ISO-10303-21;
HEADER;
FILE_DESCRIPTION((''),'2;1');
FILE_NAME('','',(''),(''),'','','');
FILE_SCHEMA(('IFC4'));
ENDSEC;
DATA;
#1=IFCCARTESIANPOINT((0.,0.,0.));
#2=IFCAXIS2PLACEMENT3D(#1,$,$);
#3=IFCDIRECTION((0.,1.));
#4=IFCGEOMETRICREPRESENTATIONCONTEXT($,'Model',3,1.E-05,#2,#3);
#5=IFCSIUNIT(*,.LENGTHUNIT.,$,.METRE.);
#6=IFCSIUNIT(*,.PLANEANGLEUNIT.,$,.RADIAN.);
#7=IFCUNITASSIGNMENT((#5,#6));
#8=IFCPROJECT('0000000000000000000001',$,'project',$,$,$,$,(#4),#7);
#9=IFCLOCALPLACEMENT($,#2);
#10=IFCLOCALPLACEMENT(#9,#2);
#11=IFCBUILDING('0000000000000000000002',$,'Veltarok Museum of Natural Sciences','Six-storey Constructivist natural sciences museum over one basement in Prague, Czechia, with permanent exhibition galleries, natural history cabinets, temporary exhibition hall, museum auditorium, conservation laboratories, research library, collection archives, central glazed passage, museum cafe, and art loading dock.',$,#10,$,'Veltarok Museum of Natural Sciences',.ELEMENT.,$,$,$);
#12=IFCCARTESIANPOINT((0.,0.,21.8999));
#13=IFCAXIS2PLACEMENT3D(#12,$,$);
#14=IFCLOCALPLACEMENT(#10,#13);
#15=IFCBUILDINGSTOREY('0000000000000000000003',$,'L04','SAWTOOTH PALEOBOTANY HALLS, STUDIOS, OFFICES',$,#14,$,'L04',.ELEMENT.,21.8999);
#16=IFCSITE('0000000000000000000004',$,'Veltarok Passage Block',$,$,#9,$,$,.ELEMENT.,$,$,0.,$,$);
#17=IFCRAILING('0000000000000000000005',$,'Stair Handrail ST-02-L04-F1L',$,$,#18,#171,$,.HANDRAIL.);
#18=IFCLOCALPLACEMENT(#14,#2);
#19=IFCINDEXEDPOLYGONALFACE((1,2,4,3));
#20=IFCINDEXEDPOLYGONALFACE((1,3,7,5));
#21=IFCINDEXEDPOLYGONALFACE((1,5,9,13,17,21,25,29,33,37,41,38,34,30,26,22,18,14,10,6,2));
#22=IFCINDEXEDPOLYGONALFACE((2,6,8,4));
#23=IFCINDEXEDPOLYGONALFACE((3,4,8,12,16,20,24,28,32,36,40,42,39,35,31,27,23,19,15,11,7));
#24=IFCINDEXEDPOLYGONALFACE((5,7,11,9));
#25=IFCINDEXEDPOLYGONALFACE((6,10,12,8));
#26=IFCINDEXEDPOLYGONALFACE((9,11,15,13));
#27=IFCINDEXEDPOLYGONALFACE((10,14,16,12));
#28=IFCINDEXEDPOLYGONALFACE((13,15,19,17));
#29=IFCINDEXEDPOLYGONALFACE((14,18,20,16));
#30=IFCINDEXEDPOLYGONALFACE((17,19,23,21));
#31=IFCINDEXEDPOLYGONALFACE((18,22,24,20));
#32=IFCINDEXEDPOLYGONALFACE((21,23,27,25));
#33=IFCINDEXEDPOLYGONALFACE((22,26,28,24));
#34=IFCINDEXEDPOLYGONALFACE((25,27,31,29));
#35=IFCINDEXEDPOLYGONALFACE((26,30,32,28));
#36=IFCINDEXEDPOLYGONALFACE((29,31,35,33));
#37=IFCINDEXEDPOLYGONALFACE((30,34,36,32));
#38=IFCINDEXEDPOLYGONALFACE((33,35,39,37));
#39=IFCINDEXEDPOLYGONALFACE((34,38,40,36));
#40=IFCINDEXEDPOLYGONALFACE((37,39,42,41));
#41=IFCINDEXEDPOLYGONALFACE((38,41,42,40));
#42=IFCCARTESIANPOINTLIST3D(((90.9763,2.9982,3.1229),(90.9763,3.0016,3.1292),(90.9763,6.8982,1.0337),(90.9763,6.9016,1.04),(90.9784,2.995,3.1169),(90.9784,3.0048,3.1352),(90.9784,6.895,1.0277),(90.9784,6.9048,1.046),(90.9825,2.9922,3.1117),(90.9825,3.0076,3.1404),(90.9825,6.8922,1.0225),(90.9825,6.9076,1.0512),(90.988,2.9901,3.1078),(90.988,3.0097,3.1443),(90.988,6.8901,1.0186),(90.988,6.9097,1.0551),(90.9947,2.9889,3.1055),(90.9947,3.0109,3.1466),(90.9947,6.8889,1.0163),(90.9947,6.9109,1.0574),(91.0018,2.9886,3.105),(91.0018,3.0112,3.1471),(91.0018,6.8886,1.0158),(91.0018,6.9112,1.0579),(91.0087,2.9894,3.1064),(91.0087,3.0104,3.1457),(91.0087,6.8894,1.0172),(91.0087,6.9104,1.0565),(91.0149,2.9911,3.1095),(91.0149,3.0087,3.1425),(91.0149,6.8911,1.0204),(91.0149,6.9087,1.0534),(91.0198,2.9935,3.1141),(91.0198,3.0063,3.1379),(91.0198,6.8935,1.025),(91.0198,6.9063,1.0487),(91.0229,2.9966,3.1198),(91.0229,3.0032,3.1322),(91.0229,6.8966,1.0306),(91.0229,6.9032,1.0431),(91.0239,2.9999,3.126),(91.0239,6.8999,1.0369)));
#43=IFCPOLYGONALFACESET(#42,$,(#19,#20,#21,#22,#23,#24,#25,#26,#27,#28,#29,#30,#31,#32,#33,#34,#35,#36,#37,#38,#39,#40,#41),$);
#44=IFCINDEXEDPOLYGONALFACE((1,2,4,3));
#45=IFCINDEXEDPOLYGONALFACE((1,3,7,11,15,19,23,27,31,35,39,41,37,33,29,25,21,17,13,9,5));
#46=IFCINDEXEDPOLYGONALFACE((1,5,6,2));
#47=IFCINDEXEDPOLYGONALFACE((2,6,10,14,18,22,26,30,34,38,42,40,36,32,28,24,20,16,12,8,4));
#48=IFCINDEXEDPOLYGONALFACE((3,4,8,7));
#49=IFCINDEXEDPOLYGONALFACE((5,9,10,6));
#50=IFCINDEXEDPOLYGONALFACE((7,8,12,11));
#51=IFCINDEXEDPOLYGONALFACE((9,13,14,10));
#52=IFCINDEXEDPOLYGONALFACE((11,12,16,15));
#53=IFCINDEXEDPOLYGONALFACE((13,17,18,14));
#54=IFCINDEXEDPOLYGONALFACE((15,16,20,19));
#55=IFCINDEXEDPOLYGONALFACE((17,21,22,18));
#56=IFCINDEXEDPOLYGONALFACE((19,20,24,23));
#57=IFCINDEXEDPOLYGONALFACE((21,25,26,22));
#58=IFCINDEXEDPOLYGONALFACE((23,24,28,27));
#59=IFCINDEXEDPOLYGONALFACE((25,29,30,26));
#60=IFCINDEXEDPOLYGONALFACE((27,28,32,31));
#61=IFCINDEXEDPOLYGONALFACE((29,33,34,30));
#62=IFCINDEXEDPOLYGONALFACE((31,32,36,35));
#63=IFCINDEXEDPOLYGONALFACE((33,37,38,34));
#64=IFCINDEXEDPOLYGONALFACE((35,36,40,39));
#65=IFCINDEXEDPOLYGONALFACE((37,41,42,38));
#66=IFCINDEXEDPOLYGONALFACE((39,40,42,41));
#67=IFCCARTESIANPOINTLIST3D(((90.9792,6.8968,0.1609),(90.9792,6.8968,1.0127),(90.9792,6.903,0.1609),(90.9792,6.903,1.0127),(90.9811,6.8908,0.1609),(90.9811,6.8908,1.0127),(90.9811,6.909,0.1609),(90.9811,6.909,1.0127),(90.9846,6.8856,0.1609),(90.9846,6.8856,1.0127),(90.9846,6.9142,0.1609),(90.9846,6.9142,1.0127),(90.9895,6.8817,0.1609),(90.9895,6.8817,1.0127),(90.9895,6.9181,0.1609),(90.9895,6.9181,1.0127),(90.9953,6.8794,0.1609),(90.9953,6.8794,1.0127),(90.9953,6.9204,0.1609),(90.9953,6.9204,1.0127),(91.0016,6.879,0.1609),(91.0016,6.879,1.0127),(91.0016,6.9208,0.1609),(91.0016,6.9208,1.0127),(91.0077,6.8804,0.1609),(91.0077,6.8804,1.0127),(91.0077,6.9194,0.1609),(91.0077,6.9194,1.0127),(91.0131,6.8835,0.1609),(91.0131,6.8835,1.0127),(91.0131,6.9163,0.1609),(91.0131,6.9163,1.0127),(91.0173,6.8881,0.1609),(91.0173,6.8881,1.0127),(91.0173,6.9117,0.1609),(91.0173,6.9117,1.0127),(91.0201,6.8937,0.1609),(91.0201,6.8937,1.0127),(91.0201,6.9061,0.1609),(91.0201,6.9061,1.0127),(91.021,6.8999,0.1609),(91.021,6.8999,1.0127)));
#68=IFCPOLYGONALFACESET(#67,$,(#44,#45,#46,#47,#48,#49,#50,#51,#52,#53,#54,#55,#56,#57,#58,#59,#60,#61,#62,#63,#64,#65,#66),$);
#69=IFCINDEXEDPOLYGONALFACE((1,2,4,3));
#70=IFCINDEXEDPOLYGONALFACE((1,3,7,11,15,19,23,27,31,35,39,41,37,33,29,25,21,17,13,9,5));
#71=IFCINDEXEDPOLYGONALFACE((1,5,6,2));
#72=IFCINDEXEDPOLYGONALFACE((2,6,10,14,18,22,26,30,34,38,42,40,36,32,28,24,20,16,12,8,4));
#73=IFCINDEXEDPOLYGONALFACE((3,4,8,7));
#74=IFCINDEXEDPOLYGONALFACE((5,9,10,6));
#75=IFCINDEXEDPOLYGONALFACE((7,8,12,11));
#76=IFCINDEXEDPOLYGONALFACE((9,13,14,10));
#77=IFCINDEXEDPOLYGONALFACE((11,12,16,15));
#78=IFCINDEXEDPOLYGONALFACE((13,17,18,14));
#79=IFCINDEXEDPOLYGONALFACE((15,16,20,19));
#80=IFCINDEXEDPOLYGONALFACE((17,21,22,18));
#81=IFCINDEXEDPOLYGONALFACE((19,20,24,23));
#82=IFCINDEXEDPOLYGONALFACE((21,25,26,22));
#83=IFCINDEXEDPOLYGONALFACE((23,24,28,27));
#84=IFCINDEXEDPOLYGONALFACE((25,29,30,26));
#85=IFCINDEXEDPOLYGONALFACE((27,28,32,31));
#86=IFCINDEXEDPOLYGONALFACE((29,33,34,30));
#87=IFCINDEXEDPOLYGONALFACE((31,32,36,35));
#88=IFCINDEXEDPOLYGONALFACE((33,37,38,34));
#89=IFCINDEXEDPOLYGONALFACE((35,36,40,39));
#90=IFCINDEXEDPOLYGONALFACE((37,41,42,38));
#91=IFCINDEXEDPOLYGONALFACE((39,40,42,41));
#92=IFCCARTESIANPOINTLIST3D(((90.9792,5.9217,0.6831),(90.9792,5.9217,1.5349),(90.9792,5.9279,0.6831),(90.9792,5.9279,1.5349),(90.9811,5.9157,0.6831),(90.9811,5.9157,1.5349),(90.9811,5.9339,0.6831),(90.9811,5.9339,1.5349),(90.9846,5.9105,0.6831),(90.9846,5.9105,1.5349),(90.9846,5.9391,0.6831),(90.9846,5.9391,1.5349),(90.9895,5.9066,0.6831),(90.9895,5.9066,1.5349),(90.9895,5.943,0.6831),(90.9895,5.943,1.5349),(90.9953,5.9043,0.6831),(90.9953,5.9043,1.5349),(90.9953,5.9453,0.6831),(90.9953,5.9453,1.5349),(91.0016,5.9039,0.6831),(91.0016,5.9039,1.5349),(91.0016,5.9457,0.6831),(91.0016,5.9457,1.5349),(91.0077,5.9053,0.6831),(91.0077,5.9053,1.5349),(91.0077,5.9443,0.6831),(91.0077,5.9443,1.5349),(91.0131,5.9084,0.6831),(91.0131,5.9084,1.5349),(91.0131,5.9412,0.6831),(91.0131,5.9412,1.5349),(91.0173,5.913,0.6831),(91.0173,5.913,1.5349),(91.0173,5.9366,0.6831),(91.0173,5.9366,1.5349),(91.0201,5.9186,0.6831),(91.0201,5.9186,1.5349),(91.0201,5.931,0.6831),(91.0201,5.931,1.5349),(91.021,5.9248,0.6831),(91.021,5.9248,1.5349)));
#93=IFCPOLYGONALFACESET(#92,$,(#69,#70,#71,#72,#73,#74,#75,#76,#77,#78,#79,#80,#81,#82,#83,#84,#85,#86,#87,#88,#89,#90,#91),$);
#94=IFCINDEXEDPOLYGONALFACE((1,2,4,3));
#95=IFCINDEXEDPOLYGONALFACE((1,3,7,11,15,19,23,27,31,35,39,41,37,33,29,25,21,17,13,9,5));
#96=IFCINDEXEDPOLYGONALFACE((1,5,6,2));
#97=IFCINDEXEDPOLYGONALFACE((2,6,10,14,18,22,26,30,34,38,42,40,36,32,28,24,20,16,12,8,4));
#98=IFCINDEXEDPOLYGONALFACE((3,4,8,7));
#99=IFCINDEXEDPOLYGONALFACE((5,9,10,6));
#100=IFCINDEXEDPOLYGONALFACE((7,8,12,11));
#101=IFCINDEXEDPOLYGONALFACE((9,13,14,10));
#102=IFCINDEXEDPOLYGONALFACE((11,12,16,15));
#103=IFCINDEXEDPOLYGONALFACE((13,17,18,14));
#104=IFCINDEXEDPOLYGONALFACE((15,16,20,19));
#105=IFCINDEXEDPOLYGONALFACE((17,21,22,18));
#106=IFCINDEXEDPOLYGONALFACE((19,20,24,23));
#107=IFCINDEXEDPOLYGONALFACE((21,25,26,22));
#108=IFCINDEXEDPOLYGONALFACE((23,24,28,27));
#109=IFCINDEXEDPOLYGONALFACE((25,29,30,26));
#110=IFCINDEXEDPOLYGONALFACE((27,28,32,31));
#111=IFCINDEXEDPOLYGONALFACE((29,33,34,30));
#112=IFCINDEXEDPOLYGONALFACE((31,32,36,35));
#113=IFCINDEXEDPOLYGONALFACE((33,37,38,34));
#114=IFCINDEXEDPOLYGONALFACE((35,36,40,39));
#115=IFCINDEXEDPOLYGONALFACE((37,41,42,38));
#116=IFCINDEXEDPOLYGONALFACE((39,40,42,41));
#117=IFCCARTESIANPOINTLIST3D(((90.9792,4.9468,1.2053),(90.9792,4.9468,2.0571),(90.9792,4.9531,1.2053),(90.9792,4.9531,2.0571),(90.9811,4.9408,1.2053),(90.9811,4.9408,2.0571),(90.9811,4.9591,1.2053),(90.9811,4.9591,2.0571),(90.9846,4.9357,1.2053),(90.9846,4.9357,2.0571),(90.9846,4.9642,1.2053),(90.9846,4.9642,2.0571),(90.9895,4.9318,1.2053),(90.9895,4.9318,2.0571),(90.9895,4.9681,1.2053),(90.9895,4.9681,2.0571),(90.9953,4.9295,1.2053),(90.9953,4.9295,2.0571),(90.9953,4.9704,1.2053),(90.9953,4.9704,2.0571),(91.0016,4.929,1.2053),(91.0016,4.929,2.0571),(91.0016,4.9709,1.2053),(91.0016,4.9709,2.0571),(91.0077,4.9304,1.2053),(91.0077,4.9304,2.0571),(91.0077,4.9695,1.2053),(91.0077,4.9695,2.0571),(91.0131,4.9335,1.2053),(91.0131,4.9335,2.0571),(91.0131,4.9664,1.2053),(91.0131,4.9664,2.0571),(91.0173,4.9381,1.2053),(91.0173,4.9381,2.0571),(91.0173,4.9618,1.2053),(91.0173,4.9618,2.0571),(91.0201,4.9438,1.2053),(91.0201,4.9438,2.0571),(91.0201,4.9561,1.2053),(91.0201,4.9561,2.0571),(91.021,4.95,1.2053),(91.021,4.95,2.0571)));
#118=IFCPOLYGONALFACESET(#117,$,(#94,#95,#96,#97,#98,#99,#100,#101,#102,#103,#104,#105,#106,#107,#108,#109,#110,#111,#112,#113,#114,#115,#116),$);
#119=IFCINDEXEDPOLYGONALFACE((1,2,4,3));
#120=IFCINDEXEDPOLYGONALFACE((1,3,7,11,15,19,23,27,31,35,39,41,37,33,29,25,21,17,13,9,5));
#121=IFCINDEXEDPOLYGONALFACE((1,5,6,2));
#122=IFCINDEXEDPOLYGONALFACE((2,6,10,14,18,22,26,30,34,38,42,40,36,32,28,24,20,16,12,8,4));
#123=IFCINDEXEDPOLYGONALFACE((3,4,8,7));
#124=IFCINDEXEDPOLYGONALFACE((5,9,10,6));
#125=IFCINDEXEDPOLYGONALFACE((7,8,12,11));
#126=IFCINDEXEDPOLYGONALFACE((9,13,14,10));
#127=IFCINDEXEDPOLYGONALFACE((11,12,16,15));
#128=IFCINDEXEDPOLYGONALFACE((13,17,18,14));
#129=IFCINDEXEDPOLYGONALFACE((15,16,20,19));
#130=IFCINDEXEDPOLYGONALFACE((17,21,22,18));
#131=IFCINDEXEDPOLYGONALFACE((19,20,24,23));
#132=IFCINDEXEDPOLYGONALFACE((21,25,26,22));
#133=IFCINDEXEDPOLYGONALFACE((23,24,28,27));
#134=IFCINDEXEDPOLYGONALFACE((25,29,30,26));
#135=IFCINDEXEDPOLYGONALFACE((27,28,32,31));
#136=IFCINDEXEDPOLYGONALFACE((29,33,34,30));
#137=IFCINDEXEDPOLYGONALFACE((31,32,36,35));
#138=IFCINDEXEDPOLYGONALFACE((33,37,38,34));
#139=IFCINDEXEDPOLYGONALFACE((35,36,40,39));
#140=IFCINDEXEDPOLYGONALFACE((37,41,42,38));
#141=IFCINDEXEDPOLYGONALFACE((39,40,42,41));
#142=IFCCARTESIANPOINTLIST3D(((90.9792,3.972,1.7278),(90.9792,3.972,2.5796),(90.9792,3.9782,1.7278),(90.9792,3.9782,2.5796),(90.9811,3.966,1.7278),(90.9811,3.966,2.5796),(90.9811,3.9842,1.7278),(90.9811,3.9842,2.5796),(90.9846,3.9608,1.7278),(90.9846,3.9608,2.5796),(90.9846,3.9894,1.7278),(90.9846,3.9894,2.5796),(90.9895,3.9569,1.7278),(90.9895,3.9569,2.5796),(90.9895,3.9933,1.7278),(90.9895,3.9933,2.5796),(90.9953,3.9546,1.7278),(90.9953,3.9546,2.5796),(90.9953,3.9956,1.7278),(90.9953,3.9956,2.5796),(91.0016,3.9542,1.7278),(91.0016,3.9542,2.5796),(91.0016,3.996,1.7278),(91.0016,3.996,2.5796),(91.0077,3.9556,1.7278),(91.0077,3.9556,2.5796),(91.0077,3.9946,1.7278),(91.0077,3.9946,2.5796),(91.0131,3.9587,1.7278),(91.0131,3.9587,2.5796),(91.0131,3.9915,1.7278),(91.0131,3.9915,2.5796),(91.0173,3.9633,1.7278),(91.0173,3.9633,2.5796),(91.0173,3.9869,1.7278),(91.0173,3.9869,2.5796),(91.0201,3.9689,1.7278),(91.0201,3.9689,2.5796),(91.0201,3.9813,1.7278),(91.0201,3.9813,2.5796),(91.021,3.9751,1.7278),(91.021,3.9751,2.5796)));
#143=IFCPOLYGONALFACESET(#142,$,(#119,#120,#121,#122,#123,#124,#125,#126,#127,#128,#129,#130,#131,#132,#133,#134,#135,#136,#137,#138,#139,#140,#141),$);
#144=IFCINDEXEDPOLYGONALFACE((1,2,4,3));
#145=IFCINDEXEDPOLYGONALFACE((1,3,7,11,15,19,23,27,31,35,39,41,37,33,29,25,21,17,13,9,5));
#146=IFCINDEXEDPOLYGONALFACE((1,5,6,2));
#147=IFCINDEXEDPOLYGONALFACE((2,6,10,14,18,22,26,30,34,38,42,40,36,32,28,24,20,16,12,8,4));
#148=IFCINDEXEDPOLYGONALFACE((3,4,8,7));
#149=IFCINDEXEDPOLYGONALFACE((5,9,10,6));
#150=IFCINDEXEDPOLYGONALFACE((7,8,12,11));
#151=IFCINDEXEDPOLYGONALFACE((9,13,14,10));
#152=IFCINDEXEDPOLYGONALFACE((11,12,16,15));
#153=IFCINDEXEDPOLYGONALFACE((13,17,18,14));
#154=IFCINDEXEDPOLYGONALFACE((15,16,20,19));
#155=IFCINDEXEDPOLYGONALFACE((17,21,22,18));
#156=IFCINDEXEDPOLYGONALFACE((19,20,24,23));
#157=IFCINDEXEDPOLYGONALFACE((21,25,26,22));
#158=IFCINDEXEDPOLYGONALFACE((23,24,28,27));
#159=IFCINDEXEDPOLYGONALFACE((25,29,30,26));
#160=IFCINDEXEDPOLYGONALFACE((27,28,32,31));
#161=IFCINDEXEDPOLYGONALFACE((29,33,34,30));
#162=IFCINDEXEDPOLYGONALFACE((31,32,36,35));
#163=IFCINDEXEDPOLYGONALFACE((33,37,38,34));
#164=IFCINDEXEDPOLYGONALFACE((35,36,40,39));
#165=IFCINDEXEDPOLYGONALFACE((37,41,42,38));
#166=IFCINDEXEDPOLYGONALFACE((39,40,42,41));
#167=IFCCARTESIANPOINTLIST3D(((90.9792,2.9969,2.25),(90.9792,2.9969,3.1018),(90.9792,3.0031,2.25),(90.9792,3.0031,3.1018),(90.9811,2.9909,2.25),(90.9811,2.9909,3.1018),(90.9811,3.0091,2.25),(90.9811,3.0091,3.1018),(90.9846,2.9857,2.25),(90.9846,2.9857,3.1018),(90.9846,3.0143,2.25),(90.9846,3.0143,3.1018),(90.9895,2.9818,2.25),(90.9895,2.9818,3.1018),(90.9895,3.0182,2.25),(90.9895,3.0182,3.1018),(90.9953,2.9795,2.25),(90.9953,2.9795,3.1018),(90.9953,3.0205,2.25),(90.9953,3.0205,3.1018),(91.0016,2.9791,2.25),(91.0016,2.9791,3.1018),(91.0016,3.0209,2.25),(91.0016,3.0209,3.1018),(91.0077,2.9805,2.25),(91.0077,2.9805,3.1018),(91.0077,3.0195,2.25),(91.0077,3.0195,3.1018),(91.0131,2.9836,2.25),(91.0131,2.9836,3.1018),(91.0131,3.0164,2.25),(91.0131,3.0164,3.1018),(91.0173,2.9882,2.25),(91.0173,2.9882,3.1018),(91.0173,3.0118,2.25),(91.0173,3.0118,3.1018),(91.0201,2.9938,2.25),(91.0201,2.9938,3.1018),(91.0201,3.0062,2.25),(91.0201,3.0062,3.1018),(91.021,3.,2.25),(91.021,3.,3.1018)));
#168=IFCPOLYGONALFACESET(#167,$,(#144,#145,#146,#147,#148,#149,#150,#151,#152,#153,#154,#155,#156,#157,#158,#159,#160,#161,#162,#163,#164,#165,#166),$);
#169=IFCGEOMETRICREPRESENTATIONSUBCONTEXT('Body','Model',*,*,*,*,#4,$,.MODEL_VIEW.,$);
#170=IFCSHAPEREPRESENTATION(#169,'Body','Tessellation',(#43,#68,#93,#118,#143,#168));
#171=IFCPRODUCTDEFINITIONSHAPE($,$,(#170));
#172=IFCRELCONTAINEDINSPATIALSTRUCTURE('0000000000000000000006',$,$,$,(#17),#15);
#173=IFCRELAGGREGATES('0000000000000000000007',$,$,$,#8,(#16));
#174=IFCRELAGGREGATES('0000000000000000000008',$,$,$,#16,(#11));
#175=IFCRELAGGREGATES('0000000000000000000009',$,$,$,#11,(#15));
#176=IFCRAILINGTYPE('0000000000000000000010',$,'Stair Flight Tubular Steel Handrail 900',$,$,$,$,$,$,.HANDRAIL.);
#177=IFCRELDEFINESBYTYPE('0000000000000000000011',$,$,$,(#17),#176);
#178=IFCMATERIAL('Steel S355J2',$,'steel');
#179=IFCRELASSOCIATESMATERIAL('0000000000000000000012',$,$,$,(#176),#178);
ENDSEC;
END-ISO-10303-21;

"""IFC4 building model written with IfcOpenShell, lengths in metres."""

from ifc_helpers import new_model, si_unit, direction, frame, origin, origin_2d, place, context, subcontext, project, spatial, circle, extrude, material, type_object, element, save


model = new_model("IFC4")

# Units and contexts
model_context = context("Model", 3, precision=1e-05, world=origin(), true_north=direction((0.0, 1.0)))
body_context = subcontext(model_context, "Body", "Model", "MODEL_VIEW")
ifc_project = project(units=[si_unit("LENGTHUNIT", "METRE"), si_unit("PLANEANGLEUNIT", "RADIAN")], contexts=[model_context])

# Site, building, storey
site_placement = place(None, origin())
site = spatial("IfcSite", under=ifc_project, at=site_placement, Name="Veltarok Passage Block", CompositionType="ELEMENT", RefElevation=0.0)
building_placement = place(site_placement, origin())
building = spatial("IfcBuilding", under=site, at=building_placement, Name="Veltarok Museum of Natural Sciences", Description="Six-storey Constructivist natural sciences museum over one basement in Prague, Czechia, with permanent exhibition galleries, natural history cabinets, temporary exhibition hall, museum auditorium, conservation laboratories, research library, collection archives, central glazed passage, museum cafe, and art loading dock.", LongName="Veltarok Museum of Natural Sciences", CompositionType="ELEMENT")
storey_placement = place(building_placement, frame((0.0, 0.0, 21.8999)))
storey = spatial("IfcBuildingStorey", under=building, at=storey_placement, Name="L04", Description="SAWTOOTH PALEOBOTANY HALLS, STUDIOS, OFFICES", LongName="L04", CompositionType="ELEMENT", Elevation=21.8999)

# Shared definitions
ifc_material_1 = material(Name="Steel S355J2", Category="steel")

# Railing
railing_type_1 = type_object("IfcRailingType", Name="Stair Flight Tubular Steel Handrail 900", PredefinedType="HANDRAIL", material=ifc_material_1)
for number, where, name in (
    (1, (91.0, 6.8999, 0.1609), "Stair Handrail ST-02-L04-F1L"),
):
    element("IfcRailing", number, at=place(storey_placement, frame(where)), inside=storey, type_object=railing_type_1, Name=name, PredefinedType="HANDRAIL", context=body_context, shape_type="SweptSolid", body=[
        extrude(circle(Radius=0.0239, at=origin_2d()), frame((0.0, 0.0, 0.876), z_axis=(0.0, -0.881491, 0.4722), x_axis=(1.0, 0.0, 0.0)), (0.0, 0.0, 1.0), 4.4243),
        extrude(circle(Radius=0.021, at=origin_2d()), origin(), (0.0, 0.0, 1.0), 0.8518),
        extrude(circle(Radius=0.021, at=origin_2d()), frame((0.0, -0.9751, 0.5222)), (0.0, 0.0, 1.0), 0.8518),
        extrude(circle(Radius=0.021, at=origin_2d()), frame((0.0, -1.95, 1.0444)), (0.0, 0.0, 1.0), 0.8518),
        extrude(circle(Radius=0.021, at=origin_2d()), frame((0.0, -2.9248, 1.5669)), (0.0, 0.0, 1.0), 0.8518),
        extrude(circle(Radius=0.021, at=origin_2d()), frame((0.0, -3.8999, 2.0891)), (0.0, 0.0, 1.0), 0.8518),
    ])

save(model, "model.ifc")
